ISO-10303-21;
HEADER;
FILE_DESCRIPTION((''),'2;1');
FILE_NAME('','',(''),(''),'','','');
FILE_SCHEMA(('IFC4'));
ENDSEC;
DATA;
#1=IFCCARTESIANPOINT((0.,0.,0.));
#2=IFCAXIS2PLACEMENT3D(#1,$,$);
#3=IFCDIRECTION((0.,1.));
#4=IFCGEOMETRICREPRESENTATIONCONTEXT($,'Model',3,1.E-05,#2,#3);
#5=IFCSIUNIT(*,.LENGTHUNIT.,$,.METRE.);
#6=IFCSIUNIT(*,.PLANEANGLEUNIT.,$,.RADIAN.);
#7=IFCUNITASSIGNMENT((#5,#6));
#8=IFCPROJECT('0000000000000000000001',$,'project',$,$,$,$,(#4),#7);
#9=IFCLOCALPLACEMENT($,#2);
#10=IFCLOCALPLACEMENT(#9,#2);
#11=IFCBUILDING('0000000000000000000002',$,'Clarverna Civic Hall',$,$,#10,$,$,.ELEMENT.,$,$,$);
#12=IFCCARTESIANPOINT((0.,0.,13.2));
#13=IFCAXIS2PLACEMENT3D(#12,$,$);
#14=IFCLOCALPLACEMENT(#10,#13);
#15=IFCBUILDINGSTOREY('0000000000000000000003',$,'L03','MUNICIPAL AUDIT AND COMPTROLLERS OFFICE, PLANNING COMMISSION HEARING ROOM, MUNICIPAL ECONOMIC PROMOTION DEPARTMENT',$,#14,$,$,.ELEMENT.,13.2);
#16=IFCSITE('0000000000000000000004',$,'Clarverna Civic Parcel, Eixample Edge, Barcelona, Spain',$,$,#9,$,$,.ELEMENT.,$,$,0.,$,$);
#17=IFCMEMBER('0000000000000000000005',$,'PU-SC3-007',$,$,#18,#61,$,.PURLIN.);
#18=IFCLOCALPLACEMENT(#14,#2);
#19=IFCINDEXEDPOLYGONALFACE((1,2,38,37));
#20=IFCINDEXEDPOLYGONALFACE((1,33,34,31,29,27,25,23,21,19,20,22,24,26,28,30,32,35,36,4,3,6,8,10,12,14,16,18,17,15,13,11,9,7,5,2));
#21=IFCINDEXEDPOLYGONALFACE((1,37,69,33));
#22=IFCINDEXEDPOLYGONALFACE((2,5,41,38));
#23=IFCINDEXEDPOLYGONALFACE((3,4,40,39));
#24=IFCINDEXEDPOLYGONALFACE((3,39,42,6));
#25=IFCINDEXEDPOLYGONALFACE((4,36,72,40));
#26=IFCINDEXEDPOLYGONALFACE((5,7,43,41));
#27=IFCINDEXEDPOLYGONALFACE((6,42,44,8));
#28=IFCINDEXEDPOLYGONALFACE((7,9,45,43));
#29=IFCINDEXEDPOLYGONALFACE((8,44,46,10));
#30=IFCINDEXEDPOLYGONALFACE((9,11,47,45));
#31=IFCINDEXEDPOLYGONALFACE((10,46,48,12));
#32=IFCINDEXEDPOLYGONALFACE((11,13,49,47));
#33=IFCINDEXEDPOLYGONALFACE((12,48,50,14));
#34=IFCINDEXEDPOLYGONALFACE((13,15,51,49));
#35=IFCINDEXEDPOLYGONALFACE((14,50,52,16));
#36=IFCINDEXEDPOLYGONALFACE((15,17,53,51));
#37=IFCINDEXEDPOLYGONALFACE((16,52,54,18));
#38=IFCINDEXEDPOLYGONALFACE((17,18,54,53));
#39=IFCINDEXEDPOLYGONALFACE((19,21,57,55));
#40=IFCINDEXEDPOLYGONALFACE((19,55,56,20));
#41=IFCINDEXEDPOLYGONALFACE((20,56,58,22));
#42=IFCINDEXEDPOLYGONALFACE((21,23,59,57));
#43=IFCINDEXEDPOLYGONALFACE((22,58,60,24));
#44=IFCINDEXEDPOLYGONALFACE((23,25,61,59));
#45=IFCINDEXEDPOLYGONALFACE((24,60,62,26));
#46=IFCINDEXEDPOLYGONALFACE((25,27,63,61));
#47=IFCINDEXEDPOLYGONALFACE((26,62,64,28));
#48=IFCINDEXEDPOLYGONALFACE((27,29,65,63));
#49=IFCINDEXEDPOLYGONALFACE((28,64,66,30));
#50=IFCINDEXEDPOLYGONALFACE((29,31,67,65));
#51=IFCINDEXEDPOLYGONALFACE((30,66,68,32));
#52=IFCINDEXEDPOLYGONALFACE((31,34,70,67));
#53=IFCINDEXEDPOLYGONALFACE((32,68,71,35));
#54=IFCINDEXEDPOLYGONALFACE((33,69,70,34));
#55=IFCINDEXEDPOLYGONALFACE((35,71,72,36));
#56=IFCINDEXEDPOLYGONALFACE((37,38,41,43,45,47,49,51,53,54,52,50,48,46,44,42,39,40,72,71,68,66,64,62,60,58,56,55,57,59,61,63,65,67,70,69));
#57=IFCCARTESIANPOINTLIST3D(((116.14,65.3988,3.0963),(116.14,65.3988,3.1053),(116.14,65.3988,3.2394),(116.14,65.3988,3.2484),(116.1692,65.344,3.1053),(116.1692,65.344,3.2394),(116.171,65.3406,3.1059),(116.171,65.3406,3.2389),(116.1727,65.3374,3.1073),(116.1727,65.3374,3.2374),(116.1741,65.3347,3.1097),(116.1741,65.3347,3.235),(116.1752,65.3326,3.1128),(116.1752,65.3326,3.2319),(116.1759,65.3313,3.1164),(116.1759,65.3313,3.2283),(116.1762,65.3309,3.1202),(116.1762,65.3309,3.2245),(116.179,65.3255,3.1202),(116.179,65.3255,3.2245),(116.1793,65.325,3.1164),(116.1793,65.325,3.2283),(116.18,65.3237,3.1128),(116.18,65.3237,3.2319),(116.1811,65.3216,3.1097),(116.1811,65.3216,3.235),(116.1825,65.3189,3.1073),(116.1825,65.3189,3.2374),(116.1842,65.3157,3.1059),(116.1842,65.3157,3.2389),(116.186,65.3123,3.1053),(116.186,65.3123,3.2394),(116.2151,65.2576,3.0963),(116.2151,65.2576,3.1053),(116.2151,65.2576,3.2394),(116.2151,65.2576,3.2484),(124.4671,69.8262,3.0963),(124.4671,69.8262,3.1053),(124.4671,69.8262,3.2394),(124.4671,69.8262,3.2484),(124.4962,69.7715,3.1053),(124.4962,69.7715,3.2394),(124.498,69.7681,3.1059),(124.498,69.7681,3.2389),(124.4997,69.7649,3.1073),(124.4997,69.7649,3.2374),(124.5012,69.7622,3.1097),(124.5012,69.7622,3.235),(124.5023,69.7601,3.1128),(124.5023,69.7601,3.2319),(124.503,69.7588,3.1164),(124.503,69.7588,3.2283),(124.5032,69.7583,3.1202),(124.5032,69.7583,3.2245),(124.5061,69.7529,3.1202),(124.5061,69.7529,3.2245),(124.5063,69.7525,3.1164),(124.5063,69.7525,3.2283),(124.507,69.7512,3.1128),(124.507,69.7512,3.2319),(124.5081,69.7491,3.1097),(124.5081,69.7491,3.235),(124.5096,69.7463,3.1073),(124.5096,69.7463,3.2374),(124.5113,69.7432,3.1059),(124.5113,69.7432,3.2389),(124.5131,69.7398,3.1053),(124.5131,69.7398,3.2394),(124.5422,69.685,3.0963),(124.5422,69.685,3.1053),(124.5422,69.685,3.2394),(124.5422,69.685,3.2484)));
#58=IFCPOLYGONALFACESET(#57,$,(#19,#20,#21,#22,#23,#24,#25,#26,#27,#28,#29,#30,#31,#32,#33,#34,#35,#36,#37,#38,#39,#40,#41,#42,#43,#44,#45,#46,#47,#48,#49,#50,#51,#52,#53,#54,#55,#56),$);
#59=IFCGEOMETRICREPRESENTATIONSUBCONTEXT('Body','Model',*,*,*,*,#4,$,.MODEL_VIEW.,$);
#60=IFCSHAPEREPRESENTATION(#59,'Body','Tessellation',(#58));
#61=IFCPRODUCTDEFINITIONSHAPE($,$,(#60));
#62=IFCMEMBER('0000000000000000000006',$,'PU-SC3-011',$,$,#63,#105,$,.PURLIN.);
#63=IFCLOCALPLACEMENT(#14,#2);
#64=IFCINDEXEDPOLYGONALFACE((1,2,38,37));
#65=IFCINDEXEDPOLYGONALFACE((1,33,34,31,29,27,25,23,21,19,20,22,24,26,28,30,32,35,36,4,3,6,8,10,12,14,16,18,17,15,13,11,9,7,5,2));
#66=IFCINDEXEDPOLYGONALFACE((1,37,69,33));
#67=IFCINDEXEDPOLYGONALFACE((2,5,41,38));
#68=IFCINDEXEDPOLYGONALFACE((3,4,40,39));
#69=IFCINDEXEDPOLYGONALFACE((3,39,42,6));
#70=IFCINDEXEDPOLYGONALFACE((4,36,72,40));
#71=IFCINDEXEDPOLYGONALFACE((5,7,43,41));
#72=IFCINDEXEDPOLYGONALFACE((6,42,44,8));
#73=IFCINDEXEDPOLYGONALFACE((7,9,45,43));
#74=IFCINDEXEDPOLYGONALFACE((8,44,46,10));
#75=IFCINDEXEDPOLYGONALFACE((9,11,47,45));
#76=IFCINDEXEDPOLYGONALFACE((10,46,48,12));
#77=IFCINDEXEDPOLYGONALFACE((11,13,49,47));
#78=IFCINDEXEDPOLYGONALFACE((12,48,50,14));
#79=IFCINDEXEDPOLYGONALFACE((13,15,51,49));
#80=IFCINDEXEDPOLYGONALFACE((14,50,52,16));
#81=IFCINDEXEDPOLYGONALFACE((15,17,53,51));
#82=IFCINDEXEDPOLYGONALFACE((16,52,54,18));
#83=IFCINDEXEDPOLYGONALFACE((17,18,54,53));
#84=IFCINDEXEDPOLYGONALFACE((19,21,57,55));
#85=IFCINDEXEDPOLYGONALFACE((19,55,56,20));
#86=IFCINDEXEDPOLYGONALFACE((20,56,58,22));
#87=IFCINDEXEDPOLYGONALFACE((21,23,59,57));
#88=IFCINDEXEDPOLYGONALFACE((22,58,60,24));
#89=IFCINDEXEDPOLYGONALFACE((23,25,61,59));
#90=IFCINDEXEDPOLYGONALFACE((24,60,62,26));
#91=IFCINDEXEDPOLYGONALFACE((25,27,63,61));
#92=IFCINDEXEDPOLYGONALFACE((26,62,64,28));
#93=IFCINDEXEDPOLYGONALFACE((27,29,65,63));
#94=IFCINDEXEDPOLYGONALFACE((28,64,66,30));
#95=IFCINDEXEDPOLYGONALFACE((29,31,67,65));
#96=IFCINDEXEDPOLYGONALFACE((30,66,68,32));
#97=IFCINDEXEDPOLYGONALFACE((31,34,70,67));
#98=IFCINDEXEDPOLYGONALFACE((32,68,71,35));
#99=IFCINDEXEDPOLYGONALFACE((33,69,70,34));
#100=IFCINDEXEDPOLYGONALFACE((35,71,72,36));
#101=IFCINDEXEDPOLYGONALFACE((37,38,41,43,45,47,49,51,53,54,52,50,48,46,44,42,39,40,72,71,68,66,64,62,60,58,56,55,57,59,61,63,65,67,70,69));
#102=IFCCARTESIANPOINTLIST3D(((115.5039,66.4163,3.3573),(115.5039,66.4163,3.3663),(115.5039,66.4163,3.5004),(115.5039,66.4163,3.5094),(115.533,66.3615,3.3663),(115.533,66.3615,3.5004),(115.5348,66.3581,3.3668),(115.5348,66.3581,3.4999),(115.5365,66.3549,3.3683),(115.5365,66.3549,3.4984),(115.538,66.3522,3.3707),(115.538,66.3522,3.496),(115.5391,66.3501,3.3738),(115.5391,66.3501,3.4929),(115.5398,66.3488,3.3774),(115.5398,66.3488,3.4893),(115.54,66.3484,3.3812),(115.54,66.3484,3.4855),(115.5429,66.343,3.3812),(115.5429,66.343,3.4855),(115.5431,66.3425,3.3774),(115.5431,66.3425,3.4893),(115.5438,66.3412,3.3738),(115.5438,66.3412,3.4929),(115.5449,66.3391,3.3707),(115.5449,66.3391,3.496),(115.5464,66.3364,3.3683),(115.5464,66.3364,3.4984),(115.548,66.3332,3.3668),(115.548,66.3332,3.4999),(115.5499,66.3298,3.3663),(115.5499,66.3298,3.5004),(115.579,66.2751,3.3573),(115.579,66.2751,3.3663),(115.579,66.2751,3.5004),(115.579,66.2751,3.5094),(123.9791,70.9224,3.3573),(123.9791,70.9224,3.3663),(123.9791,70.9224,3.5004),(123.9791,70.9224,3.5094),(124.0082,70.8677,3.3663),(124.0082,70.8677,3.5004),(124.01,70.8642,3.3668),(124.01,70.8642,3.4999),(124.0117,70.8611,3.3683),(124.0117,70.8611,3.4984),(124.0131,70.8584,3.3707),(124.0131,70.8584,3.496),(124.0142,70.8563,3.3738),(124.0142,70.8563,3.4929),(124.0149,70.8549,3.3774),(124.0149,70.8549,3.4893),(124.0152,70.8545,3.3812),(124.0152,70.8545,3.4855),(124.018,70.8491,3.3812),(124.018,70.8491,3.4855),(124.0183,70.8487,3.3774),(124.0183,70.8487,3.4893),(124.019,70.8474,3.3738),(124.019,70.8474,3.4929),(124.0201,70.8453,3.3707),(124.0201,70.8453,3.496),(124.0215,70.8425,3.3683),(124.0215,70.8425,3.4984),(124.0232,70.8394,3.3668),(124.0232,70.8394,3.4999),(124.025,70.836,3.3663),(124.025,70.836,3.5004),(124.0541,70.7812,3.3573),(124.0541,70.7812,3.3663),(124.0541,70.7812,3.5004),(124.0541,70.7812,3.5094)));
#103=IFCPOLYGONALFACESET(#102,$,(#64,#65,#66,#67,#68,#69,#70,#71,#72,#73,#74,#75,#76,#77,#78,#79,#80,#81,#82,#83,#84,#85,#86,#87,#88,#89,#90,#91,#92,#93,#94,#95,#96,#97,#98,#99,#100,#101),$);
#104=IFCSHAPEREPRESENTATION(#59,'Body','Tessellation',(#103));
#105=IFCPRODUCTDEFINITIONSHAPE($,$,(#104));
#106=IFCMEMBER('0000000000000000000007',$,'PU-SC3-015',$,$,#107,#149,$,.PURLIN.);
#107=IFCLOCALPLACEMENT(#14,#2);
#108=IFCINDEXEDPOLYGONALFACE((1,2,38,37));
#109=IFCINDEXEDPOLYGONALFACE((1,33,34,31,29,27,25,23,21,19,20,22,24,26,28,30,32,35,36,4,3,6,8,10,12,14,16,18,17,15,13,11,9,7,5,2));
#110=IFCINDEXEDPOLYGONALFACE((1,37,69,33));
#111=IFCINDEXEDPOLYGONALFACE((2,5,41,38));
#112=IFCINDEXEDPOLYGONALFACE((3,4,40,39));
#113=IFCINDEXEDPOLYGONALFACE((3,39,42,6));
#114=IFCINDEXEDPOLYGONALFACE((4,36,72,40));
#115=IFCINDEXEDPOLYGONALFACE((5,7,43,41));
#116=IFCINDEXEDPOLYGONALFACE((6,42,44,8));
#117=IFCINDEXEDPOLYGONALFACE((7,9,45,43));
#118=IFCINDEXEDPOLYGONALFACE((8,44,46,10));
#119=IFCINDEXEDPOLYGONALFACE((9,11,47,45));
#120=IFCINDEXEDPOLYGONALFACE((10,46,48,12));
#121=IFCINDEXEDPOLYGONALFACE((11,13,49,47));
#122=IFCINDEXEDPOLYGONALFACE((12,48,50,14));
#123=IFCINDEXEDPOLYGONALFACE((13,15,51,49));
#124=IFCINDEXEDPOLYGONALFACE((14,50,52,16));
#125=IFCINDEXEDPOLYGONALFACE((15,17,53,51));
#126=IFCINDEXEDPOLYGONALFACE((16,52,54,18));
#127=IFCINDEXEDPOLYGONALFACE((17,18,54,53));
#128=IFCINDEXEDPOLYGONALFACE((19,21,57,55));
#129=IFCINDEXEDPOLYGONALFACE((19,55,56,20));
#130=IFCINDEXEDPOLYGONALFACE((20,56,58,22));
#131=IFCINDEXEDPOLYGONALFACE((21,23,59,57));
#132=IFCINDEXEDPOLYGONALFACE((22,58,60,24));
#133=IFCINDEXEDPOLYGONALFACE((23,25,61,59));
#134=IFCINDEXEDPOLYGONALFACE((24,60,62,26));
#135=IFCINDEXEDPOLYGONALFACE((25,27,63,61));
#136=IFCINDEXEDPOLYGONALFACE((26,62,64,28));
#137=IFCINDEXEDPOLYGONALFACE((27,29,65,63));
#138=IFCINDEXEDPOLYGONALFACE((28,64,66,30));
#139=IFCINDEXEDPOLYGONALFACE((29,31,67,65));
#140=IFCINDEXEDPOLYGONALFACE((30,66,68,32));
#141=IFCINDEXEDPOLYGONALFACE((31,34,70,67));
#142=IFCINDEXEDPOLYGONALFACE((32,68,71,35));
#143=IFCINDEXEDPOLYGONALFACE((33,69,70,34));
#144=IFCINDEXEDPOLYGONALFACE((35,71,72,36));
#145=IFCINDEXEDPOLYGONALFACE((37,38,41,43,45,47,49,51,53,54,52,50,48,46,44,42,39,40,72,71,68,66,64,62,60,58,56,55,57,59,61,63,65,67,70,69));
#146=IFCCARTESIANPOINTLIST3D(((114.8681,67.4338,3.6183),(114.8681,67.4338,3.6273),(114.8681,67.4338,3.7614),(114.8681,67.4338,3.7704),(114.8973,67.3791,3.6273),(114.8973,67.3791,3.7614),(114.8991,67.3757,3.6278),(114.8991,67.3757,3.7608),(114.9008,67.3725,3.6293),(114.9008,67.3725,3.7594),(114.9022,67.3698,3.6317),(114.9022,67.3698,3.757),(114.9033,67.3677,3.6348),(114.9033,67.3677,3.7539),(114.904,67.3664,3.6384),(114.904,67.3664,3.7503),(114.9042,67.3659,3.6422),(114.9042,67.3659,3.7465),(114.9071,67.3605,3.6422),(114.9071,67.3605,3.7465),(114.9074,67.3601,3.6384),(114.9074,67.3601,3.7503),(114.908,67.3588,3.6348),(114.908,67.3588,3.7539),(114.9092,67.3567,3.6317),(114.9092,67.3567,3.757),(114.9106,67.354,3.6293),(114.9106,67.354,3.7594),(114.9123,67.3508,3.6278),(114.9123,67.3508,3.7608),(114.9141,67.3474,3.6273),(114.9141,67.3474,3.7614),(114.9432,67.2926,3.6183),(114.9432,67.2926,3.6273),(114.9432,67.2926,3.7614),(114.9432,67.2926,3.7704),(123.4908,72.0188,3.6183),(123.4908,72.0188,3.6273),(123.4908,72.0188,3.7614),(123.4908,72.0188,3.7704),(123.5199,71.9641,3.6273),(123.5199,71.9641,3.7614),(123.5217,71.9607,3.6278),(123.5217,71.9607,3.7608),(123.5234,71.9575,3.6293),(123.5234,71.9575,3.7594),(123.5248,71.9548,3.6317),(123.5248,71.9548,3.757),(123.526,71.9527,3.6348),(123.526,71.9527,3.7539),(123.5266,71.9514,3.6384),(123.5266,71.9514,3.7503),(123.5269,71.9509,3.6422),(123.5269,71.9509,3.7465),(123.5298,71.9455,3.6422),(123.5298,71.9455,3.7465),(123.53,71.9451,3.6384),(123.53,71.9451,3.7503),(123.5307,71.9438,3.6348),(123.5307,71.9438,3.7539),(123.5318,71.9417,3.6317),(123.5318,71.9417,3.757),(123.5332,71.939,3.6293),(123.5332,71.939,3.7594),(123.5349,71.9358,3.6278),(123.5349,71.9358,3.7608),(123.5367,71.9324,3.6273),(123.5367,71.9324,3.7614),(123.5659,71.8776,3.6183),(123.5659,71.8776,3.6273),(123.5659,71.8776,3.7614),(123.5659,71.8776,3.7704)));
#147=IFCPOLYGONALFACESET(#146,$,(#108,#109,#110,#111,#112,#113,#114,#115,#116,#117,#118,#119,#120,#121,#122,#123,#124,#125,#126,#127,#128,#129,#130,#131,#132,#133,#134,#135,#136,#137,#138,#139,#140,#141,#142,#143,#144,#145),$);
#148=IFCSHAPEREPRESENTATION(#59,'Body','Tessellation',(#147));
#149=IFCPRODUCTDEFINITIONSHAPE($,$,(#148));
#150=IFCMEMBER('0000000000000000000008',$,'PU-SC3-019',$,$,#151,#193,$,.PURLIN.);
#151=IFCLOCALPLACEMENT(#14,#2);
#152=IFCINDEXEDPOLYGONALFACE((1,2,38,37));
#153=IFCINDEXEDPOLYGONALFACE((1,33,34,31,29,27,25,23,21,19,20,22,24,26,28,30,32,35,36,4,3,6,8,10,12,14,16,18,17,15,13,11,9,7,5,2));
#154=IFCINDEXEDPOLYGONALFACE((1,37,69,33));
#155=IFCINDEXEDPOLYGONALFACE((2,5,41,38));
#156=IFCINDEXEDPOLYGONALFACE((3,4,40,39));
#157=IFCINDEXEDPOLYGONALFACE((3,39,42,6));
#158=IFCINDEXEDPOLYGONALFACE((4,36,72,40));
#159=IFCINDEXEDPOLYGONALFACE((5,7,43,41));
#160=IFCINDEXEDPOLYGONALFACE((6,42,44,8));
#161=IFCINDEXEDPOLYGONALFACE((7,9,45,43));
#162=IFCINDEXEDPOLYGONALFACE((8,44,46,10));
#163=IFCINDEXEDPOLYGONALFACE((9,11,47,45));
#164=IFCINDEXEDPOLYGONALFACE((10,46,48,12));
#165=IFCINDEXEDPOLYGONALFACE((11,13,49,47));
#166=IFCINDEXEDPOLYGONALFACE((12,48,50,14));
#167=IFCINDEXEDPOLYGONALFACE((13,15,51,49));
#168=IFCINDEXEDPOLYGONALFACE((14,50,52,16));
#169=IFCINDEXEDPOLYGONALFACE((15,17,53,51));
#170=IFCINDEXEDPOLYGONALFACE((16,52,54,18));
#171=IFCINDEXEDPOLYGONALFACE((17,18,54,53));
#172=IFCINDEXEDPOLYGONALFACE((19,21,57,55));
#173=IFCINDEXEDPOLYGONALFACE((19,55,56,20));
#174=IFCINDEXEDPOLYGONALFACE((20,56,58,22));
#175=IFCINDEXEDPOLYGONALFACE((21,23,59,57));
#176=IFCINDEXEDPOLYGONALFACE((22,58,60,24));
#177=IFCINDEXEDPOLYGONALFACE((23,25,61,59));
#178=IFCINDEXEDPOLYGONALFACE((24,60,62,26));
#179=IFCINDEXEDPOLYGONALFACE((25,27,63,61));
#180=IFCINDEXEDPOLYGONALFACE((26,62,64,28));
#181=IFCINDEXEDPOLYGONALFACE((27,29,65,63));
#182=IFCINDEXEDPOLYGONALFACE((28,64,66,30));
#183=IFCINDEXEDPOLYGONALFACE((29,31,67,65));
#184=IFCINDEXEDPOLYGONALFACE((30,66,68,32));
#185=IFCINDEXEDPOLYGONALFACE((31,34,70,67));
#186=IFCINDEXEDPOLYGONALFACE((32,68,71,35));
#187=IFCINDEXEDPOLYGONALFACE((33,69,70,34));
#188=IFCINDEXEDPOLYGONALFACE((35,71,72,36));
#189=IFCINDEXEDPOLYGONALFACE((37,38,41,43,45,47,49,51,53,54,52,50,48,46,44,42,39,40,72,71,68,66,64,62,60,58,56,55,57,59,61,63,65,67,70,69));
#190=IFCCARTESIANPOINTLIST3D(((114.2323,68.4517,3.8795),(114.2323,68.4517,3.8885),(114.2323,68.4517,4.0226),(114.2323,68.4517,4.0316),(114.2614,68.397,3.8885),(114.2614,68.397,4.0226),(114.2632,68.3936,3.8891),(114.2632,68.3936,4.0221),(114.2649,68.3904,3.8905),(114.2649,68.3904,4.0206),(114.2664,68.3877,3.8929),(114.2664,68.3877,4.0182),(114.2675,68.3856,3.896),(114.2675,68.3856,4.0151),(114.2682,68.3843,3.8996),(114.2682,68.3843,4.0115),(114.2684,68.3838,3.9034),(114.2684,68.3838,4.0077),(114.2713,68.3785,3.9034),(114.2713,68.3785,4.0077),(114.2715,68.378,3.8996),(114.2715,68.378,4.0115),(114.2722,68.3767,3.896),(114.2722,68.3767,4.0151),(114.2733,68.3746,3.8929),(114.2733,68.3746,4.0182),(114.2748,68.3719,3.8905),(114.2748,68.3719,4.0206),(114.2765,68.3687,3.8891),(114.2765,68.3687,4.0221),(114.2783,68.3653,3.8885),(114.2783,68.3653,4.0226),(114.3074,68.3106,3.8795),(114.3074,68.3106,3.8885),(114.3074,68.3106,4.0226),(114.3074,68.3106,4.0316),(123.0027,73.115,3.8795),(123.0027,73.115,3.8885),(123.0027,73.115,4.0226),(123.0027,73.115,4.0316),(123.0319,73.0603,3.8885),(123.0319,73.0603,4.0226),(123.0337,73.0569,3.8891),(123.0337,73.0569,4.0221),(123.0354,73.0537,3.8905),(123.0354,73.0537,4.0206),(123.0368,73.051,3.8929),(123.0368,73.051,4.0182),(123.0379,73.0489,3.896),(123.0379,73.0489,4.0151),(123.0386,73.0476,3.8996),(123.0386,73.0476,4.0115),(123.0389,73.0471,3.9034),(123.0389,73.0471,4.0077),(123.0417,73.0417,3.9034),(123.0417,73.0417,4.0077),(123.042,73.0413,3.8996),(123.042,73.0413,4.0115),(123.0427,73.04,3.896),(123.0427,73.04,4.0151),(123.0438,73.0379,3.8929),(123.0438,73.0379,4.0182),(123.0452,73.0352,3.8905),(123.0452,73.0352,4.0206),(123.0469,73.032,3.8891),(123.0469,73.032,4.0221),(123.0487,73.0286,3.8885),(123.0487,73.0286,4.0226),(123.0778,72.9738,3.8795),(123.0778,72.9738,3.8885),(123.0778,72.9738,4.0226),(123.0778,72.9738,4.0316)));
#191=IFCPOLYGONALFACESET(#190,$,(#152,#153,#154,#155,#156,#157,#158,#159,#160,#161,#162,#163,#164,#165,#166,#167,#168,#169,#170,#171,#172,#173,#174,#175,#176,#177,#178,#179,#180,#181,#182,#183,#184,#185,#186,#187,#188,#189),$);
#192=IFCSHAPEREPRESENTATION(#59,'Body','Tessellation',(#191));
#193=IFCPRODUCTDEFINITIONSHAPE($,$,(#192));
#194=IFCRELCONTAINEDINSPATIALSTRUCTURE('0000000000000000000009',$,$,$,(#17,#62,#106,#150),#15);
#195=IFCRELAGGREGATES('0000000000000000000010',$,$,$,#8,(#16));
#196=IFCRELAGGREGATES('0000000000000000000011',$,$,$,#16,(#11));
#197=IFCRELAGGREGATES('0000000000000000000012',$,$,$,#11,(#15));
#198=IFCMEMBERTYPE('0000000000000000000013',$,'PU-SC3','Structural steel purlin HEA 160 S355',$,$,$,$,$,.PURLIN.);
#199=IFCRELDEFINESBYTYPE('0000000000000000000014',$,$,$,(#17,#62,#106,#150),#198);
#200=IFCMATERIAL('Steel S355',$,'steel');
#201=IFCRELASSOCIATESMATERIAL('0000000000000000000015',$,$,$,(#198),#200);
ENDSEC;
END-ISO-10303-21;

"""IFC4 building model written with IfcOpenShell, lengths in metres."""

from ifc_helpers import new_model, si_unit, direction, frame, origin, origin_2d, place, context, subcontext, project, spatial, i_section, extrude, material, material_profile, profile_set, type_object, element, save


model = new_model("IFC4")

# Units and contexts
model_context = context("Model", 3, precision=1e-05, world=origin(), true_north=direction((0.0, 1.0)))
body_context = subcontext(model_context, "Body", "Model", "MODEL_VIEW")
ifc_project = project(units=[si_unit("LENGTHUNIT", "METRE"), si_unit("PLANEANGLEUNIT", "RADIAN")], contexts=[model_context])

# Site, building, storey
site_placement = place(None, origin())
site = spatial("IfcSite", under=ifc_project, at=site_placement, Name="Clarverna Civic Parcel, Eixample Edge, Barcelona, Spain", CompositionType="ELEMENT", RefElevation=0.0)
building_placement = place(site_placement, origin())
building = spatial("IfcBuilding", under=site, at=building_placement, Name="Clarverna Civic Hall", CompositionType="ELEMENT")
storey_placement = place(building_placement, frame((0.0, 0.0, 13.2)))
storey = spatial("IfcBuildingStorey", under=building, at=storey_placement, Name="L03", Description="MUNICIPAL AUDIT AND COMPTROLLERS OFFICE, PLANNING COMMISSION HEARING ROOM, MUNICIPAL ECONOMIC PROMOTION DEPARTMENT", CompositionType="ELEMENT", Elevation=13.2)

# Members
ifc_material_1 = material(Name="Steel S355", Category="steel")
ifc_material_profile = material_profile(ifc_material_1, i_section(OverallWidth=0.1599, OverallDepth=0.1521, WebThickness=0.0061, FlangeThickness=0.009, FilletRadius=0.0149, at=origin_2d()), Name="HEA 160")
ifc_profile_set = profile_set([ifc_material_profile], Name="Steel S355")
member_type = type_object("IfcMemberType", Name="PU-SC3", Description="Structural steel purlin HEA 160 S355", PredefinedType="PURLIN", material=ifc_profile_set)
member_1_placement = place(storey_placement, frame((124.5046, 69.7556, 3.1724), z_axis=(-0.882953, -0.469461, 0.0), x_axis=(0.469461, -0.882953, 0.0)))
element("IfcMember", 1, at=member_1_placement, inside=storey, type_object=member_type, Name="PU-SC3-007", PredefinedType="PURLIN", context=body_context, shape_type="SweptSolid", body=[
    extrude(i_section(OverallWidth=0.1599, OverallDepth=0.1521, WebThickness=0.0061, FlangeThickness=0.009, FilletRadius=0.0149, at=origin_2d()), origin(), (0.0, 0.0, 1.0), 9.4309),
])
member_2_placement = place(storey_placement, frame((124.0166, 70.8518, 3.4333), z_axis=(-0.882956, -0.469456, 0.0), x_axis=(0.469456, -0.882956, 0.0)))
element("IfcMember", 2, at=member_2_placement, inside=storey, type_object=member_type, Name="PU-SC3-011", PredefinedType="PURLIN", context=body_context, shape_type="SweptSolid", body=[
    extrude(i_section(OverallWidth=0.1599, OverallDepth=0.1521, WebThickness=0.0061, FlangeThickness=0.009, FilletRadius=0.0149, at=origin_2d()), origin(), (0.0, 0.0, 1.0), 9.5986),
])
member_3_placement = place(storey_placement, frame((123.5283, 71.9482, 3.6943), z_axis=(-0.882936, -0.469493, 0.0), x_axis=(0.469493, -0.882936, 0.0)))
element("IfcMember", 3, at=member_3_placement, inside=storey, type_object=member_type, Name="PU-SC3-015", PredefinedType="PURLIN", context=body_context, shape_type="SweptSolid", body=[
    extrude(i_section(OverallWidth=0.1599, OverallDepth=0.1521, WebThickness=0.0061, FlangeThickness=0.009, FilletRadius=0.0149, at=origin_2d()), origin(), (0.0, 0.0, 1.0), 9.7659),
])
member_4_placement = place(storey_placement, frame((123.0403, 73.0444, 3.9556), z_axis=(-0.882949, -0.469469, 0.0), x_axis=(0.469469, -0.882949, 0.0)))
element("IfcMember", 4, at=member_4_placement, inside=storey, type_object=member_type, Name="PU-SC3-019", PredefinedType="PURLIN", context=body_context, shape_type="SweptSolid", body=[
    extrude(i_section(OverallWidth=0.1599, OverallDepth=0.1521, WebThickness=0.0061, FlangeThickness=0.009, FilletRadius=0.0149, at=origin_2d()), origin(), (0.0, 0.0, 1.0), 9.9331),
])

save(model, "model.ifc")
